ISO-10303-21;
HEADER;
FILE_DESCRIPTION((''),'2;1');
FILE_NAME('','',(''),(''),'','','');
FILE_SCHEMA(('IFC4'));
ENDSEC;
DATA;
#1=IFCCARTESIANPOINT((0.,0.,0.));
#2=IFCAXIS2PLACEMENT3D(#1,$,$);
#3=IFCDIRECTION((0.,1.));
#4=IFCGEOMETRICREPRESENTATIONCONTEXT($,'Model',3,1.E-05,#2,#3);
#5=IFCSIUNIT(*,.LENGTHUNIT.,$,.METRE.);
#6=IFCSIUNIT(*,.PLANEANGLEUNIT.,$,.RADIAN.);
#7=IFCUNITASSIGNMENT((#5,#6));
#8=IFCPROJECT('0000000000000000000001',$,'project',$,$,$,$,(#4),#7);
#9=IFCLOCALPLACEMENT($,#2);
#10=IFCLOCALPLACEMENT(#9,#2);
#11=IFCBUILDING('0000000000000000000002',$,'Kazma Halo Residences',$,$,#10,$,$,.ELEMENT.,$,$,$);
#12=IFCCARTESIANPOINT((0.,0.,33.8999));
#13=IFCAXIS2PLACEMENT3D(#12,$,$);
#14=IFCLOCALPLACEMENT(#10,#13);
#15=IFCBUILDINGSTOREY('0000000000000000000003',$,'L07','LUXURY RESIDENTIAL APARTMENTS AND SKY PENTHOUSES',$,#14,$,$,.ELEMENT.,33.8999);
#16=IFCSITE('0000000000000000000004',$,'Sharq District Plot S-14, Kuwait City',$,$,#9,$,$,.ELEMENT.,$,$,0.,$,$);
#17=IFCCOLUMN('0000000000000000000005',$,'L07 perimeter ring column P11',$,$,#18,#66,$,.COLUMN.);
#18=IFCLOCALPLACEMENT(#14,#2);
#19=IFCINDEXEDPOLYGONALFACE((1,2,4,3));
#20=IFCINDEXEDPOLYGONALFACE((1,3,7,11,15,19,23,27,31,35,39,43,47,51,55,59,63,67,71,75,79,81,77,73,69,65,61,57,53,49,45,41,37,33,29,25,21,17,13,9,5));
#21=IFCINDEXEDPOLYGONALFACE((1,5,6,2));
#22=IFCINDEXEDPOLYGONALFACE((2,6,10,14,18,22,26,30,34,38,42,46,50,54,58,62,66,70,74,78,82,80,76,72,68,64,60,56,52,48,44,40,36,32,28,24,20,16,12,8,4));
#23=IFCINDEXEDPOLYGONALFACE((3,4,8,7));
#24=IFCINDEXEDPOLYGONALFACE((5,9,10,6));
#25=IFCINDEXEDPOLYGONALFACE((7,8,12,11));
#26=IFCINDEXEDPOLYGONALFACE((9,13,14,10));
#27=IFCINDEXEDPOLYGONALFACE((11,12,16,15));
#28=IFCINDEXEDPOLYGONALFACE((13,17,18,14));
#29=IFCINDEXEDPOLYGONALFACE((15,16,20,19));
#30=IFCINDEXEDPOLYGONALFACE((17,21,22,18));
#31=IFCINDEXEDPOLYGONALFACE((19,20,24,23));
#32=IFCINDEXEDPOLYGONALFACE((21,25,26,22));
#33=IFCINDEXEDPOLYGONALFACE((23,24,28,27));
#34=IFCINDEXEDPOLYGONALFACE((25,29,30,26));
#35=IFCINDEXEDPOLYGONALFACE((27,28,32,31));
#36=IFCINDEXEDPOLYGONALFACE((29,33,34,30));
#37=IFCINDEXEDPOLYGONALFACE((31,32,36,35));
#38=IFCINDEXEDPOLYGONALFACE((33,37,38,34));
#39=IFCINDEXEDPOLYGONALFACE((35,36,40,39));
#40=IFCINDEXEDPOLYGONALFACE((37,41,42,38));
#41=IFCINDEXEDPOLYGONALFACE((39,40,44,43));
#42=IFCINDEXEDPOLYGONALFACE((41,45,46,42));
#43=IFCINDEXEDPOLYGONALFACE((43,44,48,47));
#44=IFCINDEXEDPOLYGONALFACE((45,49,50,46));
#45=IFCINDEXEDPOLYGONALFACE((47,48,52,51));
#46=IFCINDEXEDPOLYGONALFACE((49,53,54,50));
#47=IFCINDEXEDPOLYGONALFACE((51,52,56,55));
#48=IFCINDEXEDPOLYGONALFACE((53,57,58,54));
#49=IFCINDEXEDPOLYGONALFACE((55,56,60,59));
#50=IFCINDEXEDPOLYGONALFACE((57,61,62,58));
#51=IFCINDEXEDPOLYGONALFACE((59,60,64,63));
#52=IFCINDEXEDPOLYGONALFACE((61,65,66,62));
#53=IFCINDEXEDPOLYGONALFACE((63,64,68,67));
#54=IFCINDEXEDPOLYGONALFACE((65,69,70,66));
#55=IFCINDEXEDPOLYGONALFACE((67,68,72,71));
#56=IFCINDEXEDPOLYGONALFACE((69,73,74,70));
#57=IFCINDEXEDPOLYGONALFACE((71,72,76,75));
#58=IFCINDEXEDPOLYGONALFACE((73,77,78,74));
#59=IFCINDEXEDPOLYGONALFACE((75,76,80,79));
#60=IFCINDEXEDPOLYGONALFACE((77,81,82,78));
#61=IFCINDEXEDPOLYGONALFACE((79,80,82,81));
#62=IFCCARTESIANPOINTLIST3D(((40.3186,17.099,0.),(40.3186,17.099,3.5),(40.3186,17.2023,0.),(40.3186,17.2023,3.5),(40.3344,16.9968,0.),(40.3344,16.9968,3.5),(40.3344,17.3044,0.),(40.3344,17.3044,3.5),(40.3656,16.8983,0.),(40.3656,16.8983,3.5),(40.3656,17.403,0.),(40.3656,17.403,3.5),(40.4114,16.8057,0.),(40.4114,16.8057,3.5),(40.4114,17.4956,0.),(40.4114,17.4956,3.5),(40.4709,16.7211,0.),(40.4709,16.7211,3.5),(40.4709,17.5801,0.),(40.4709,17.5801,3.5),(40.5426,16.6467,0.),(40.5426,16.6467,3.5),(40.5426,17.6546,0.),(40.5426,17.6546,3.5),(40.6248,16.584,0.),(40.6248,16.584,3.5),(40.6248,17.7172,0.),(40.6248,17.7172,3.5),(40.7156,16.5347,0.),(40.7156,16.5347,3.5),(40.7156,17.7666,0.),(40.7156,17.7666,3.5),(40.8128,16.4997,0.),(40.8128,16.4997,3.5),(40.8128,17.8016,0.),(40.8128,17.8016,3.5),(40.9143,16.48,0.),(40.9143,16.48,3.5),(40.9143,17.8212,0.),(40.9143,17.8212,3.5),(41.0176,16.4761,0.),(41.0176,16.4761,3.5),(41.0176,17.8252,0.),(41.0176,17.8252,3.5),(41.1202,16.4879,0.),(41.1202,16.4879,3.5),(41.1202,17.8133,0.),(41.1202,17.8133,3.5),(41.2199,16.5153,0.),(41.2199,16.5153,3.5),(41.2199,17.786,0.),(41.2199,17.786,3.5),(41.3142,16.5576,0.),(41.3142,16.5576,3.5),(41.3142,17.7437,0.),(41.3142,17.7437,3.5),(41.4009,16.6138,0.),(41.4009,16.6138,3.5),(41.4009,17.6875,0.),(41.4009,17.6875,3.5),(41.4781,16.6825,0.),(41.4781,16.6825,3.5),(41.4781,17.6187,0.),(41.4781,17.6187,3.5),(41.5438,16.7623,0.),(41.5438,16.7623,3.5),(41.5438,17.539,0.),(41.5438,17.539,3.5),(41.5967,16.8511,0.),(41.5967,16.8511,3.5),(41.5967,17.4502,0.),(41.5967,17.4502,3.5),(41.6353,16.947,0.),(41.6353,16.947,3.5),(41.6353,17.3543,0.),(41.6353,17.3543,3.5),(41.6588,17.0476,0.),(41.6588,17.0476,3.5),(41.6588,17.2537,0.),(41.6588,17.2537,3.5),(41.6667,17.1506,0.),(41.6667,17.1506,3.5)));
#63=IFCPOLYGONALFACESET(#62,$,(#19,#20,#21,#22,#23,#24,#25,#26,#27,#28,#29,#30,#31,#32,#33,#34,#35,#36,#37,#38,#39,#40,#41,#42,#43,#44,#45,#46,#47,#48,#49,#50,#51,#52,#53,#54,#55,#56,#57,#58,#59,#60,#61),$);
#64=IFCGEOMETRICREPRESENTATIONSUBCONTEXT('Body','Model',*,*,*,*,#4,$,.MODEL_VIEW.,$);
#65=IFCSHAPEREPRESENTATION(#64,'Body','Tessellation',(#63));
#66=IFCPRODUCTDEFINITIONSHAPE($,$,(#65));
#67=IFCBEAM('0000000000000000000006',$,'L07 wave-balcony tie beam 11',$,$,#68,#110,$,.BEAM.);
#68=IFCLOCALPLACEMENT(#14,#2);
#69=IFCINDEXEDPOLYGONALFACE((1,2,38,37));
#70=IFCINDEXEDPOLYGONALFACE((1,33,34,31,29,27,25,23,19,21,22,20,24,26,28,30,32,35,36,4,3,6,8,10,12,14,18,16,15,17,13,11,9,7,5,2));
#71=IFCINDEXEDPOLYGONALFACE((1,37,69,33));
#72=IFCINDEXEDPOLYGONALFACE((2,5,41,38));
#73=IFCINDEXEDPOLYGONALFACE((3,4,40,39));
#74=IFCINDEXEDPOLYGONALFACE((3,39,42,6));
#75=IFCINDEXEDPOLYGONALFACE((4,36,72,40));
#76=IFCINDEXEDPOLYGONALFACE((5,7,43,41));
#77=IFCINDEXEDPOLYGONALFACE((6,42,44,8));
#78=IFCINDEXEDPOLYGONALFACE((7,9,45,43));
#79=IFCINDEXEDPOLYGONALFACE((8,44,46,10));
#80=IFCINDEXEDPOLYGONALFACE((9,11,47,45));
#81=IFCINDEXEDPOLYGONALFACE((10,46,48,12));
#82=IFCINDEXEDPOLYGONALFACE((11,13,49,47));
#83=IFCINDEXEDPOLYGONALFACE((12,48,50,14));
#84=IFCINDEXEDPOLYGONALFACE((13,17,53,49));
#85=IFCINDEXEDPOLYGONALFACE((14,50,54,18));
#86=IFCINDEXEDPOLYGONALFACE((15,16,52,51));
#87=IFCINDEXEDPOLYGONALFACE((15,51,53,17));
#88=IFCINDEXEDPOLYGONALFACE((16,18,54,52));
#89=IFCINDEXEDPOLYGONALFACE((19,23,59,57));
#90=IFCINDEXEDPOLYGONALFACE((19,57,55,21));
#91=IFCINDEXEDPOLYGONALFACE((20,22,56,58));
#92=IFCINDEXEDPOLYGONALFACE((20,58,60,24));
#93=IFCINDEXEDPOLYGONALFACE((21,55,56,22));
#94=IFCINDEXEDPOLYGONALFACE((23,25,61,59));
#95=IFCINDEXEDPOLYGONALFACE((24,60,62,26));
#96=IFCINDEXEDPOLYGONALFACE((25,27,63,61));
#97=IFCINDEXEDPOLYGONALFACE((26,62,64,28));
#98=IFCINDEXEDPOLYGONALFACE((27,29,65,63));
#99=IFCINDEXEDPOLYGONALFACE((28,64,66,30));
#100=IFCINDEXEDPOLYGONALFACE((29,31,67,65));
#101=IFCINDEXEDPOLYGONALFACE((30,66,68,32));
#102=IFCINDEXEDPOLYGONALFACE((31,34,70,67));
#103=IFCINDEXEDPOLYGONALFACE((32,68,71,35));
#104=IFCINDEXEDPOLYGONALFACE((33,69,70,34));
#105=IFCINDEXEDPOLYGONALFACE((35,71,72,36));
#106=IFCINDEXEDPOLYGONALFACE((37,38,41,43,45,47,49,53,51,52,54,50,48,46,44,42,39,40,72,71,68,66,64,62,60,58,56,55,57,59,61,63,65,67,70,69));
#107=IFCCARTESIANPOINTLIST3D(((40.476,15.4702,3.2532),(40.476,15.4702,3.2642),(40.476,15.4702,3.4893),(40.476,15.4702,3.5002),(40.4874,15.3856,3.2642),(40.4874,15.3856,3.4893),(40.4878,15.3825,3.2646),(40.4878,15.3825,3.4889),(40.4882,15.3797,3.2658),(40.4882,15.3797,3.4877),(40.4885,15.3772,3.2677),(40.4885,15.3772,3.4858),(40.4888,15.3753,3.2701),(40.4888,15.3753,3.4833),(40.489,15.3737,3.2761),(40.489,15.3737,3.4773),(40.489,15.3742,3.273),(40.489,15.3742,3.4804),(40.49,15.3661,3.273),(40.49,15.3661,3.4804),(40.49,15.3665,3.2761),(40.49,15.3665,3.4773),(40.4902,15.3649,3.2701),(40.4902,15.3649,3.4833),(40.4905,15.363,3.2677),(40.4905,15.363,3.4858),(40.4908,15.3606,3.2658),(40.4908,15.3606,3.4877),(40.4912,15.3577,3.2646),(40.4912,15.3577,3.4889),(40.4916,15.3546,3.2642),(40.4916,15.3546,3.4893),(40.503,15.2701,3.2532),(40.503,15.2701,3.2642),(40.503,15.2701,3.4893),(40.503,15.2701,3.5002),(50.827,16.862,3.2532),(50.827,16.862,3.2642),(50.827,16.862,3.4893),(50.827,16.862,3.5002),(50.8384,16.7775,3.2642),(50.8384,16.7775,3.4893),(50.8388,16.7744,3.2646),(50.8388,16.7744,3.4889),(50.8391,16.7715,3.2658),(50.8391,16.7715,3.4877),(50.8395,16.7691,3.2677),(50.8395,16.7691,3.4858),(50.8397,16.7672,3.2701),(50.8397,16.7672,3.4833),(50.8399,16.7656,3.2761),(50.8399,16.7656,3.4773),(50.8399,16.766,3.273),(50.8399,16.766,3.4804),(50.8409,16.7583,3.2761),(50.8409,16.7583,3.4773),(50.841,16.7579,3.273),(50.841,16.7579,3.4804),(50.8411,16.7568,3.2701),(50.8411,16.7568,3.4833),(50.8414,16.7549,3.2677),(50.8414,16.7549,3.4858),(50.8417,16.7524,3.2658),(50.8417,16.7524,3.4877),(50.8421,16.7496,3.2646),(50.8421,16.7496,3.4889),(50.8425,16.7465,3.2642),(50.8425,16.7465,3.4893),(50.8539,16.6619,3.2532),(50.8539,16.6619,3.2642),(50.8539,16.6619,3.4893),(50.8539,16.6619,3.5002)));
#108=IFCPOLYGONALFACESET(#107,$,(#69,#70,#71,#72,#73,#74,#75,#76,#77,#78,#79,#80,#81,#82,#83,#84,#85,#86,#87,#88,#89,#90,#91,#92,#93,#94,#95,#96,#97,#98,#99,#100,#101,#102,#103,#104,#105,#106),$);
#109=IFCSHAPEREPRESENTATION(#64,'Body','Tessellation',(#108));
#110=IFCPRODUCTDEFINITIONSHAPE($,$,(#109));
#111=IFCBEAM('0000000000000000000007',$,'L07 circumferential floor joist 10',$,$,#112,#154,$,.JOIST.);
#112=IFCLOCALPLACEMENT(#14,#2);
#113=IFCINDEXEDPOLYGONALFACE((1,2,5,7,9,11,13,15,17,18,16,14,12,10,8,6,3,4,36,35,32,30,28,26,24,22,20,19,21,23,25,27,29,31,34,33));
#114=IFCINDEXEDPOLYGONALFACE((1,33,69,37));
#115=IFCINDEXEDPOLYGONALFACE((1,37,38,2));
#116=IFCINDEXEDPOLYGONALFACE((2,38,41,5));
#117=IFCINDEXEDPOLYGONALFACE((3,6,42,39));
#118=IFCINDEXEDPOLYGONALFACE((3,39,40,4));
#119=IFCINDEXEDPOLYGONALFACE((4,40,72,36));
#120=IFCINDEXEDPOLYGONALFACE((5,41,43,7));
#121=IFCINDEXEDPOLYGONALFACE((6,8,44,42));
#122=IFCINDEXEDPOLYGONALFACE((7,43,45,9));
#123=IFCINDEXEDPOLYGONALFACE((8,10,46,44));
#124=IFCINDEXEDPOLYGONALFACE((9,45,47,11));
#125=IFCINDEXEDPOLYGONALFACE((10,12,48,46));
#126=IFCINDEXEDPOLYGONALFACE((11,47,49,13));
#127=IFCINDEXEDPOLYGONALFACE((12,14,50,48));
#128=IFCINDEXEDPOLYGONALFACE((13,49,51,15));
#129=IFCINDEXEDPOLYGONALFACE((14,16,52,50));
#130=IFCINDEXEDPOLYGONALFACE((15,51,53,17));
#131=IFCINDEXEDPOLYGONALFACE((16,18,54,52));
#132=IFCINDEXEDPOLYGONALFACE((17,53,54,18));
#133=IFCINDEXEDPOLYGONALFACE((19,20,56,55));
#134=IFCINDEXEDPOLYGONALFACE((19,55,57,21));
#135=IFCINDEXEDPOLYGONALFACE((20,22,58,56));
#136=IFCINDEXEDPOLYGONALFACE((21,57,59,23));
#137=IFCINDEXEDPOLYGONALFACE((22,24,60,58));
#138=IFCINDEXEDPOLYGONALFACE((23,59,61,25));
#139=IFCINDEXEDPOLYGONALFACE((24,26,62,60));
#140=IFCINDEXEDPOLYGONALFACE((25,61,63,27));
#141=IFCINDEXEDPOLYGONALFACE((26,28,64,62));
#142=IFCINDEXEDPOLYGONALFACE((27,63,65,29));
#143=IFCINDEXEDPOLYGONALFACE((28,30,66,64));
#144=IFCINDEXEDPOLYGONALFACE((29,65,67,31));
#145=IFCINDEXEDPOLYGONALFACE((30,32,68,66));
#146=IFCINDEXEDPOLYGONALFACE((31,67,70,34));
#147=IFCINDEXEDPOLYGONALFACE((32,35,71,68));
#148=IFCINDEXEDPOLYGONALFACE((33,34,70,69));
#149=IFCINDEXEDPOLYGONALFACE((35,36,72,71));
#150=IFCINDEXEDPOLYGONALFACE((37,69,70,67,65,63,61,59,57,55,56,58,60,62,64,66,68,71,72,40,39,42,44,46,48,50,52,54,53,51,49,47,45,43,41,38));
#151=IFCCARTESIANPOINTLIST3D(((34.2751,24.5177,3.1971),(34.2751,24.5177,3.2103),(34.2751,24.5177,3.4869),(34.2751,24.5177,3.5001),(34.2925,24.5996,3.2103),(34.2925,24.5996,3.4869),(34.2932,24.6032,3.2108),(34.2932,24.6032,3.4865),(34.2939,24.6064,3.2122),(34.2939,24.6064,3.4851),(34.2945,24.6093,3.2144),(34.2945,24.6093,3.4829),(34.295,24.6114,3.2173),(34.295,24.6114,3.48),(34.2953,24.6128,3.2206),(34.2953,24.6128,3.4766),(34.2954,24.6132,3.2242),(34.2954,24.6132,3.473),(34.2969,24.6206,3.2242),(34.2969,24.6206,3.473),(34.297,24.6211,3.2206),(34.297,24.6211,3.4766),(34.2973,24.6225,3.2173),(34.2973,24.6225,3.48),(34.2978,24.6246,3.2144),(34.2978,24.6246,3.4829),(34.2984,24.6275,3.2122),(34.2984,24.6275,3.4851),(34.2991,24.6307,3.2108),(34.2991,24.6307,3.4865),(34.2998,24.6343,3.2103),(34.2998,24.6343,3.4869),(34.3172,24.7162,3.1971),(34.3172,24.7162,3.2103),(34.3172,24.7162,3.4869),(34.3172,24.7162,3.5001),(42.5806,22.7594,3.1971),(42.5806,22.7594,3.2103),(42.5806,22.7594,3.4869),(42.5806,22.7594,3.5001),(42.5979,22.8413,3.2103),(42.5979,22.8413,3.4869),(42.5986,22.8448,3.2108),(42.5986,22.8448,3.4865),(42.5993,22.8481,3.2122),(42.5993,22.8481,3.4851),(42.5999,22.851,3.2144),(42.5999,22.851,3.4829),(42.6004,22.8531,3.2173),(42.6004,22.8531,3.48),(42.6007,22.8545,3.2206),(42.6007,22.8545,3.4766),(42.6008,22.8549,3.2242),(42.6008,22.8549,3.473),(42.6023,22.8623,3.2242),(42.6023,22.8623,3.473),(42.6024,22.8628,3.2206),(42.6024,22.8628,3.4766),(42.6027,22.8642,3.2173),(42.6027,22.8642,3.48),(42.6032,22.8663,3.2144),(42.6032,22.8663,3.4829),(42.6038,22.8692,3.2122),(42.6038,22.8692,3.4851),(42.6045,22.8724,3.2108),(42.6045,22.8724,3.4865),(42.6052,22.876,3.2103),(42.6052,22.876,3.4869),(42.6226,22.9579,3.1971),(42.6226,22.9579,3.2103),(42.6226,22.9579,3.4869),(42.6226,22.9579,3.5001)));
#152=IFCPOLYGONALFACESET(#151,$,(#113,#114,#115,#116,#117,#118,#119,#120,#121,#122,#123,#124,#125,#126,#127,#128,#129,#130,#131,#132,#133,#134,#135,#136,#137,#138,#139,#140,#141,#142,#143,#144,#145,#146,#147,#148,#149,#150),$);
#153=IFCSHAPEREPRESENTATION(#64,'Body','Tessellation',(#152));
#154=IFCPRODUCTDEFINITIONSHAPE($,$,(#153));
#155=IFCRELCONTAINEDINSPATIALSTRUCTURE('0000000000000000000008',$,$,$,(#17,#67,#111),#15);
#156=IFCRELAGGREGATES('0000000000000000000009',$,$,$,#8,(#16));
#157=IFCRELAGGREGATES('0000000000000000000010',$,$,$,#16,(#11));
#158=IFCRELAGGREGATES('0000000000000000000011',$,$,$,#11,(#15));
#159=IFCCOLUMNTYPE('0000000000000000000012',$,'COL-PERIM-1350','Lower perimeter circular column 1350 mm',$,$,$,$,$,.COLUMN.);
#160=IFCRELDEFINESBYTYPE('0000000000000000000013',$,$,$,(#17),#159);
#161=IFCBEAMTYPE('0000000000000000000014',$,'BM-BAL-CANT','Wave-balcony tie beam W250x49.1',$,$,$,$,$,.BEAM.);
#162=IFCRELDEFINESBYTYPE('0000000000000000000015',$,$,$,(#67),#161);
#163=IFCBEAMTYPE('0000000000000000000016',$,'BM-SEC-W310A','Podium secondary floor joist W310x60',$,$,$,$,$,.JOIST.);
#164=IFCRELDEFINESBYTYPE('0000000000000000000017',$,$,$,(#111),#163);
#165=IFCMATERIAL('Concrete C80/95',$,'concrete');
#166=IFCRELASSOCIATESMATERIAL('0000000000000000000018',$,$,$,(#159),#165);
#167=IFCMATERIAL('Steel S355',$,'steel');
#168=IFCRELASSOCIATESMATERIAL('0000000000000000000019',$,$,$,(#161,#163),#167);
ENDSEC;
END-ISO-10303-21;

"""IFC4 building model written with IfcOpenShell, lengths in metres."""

from ifc_helpers import new_model, si_unit, direction, frame, origin, origin_2d, place, context, subcontext, project, spatial, circle, i_section, extrude, material, material_profile, profile_set, type_object, element, save


model = new_model("IFC4")

# Units and contexts
model_context = context("Model", 3, precision=1e-05, world=origin(), true_north=direction((0.0, 1.0)))
body_context = subcontext(model_context, "Body", "Model", "MODEL_VIEW")
ifc_project = project(units=[si_unit("LENGTHUNIT", "METRE"), si_unit("PLANEANGLEUNIT", "RADIAN")], contexts=[model_context])

# Site, building, storey
site_placement = place(None, origin())
site = spatial("IfcSite", under=ifc_project, at=site_placement, Name="Sharq District Plot S-14, Kuwait City", CompositionType="ELEMENT", RefElevation=0.0)
building_placement = place(site_placement, origin())
building = spatial("IfcBuilding", under=site, at=building_placement, Name="Kazma Halo Residences", CompositionType="ELEMENT")
storey_placement = place(building_placement, frame((0.0, 0.0, 33.8999)))
storey = spatial("IfcBuildingStorey", under=building, at=storey_placement, Name="L07", Description="LUXURY RESIDENTIAL APARTMENTS AND SKY PENTHOUSES", CompositionType="ELEMENT", Elevation=33.8999)

# Column
ifc_material_1 = material(Name="Concrete C80/95", Category="concrete")
ifc_material_profile_1 = material_profile(ifc_material_1, circle(Radius=0.675, at=origin_2d()), Name="CIRC1350")
ifc_profile_set_1 = profile_set([ifc_material_profile_1], Name="Concrete C80/95")
column_type = type_object("IfcColumnType", Name="COL-PERIM-1350", Description="Lower perimeter circular column 1350 mm", PredefinedType="COLUMN", material=ifc_profile_set_1)
column_placement = place(storey_placement, frame((40.9917, 17.1506, 0.0), z_axis=(0.0, 0.0, 1.0), x_axis=(1.0, 0.0, 0.0)))
element("IfcColumn", 1, at=column_placement, inside=storey, type_object=column_type, Name="L07 perimeter ring column P11", PredefinedType="COLUMN", context=body_context, shape_type="SweptSolid", body=[
    extrude(circle(Radius=0.675, at=origin_2d()), origin(), (0.0, 0.0, 1.0), 3.5),
])

# Beams
ifc_material_2 = material(Name="Steel S355", Category="steel")
ifc_material_profile_2 = material_profile(ifc_material_2, i_section(OverallWidth=0.2019, OverallDepth=0.2471, WebThickness=0.0073, FlangeThickness=0.011, FilletRadius=0.012, at=origin_2d()), Name="W250x49.1")
ifc_profile_set_2 = profile_set([ifc_material_profile_2], Name="Steel S355")
beam_type_1 = type_object("IfcBeamType", Name="BM-BAL-CANT", Description="Wave-balcony tie beam W250x49.1", PredefinedType="BEAM", material=ifc_profile_set_2)
beam_1_placement = place(storey_placement, frame((40.4895, 15.3701, 3.3767), z_axis=(0.99108, 0.133268, 0.0), x_axis=(-0.133268, 0.99108, 0.0)))
element("IfcBeam", 2, at=beam_1_placement, inside=storey, type_object=beam_type_1, Name="L07 wave-balcony tie beam 11", PredefinedType="BEAM", context=body_context, shape_type="SweptSolid", body=[
    extrude(i_section(OverallWidth=0.2019, OverallDepth=0.2471, WebThickness=0.0073, FlangeThickness=0.011, FilletRadius=0.012, at=origin_2d()), origin(), (0.0, 0.0, 1.0), 10.4441),
])
ifc_material_profile_3 = material_profile(ifc_material_2, i_section(OverallWidth=0.2029, OverallDepth=0.303, WebThickness=0.0076, FlangeThickness=0.0132, FilletRadius=0.0139, at=origin_2d()), Name="W310x60")
ifc_profile_set_3 = profile_set([ifc_material_profile_3], Name="Steel S355")
beam_type_2 = type_object("IfcBeamType", Name="BM-SEC-W310A", Description="Podium secondary floor joist W310x60", PredefinedType="JOIST", material=ifc_profile_set_3)
beam_2_placement = place(storey_placement, frame((34.2961, 24.6169, 3.3486), z_axis=(0.978317, -0.207115, 0.0), x_axis=(0.207115, 0.978317, 0.0)))
element("IfcBeam", 3, at=beam_2_placement, inside=storey, type_object=beam_type_2, Name="L07 circumferential floor joist 10", PredefinedType="JOIST", context=body_context, shape_type="SweptSolid", body=[
    extrude(i_section(OverallWidth=0.2029, OverallDepth=0.303, WebThickness=0.0076, FlangeThickness=0.0132, FilletRadius=0.0139, at=origin_2d()), origin(), (0.0, 0.0, 1.0), 8.4895),
])

save(model, "model.ifc")
